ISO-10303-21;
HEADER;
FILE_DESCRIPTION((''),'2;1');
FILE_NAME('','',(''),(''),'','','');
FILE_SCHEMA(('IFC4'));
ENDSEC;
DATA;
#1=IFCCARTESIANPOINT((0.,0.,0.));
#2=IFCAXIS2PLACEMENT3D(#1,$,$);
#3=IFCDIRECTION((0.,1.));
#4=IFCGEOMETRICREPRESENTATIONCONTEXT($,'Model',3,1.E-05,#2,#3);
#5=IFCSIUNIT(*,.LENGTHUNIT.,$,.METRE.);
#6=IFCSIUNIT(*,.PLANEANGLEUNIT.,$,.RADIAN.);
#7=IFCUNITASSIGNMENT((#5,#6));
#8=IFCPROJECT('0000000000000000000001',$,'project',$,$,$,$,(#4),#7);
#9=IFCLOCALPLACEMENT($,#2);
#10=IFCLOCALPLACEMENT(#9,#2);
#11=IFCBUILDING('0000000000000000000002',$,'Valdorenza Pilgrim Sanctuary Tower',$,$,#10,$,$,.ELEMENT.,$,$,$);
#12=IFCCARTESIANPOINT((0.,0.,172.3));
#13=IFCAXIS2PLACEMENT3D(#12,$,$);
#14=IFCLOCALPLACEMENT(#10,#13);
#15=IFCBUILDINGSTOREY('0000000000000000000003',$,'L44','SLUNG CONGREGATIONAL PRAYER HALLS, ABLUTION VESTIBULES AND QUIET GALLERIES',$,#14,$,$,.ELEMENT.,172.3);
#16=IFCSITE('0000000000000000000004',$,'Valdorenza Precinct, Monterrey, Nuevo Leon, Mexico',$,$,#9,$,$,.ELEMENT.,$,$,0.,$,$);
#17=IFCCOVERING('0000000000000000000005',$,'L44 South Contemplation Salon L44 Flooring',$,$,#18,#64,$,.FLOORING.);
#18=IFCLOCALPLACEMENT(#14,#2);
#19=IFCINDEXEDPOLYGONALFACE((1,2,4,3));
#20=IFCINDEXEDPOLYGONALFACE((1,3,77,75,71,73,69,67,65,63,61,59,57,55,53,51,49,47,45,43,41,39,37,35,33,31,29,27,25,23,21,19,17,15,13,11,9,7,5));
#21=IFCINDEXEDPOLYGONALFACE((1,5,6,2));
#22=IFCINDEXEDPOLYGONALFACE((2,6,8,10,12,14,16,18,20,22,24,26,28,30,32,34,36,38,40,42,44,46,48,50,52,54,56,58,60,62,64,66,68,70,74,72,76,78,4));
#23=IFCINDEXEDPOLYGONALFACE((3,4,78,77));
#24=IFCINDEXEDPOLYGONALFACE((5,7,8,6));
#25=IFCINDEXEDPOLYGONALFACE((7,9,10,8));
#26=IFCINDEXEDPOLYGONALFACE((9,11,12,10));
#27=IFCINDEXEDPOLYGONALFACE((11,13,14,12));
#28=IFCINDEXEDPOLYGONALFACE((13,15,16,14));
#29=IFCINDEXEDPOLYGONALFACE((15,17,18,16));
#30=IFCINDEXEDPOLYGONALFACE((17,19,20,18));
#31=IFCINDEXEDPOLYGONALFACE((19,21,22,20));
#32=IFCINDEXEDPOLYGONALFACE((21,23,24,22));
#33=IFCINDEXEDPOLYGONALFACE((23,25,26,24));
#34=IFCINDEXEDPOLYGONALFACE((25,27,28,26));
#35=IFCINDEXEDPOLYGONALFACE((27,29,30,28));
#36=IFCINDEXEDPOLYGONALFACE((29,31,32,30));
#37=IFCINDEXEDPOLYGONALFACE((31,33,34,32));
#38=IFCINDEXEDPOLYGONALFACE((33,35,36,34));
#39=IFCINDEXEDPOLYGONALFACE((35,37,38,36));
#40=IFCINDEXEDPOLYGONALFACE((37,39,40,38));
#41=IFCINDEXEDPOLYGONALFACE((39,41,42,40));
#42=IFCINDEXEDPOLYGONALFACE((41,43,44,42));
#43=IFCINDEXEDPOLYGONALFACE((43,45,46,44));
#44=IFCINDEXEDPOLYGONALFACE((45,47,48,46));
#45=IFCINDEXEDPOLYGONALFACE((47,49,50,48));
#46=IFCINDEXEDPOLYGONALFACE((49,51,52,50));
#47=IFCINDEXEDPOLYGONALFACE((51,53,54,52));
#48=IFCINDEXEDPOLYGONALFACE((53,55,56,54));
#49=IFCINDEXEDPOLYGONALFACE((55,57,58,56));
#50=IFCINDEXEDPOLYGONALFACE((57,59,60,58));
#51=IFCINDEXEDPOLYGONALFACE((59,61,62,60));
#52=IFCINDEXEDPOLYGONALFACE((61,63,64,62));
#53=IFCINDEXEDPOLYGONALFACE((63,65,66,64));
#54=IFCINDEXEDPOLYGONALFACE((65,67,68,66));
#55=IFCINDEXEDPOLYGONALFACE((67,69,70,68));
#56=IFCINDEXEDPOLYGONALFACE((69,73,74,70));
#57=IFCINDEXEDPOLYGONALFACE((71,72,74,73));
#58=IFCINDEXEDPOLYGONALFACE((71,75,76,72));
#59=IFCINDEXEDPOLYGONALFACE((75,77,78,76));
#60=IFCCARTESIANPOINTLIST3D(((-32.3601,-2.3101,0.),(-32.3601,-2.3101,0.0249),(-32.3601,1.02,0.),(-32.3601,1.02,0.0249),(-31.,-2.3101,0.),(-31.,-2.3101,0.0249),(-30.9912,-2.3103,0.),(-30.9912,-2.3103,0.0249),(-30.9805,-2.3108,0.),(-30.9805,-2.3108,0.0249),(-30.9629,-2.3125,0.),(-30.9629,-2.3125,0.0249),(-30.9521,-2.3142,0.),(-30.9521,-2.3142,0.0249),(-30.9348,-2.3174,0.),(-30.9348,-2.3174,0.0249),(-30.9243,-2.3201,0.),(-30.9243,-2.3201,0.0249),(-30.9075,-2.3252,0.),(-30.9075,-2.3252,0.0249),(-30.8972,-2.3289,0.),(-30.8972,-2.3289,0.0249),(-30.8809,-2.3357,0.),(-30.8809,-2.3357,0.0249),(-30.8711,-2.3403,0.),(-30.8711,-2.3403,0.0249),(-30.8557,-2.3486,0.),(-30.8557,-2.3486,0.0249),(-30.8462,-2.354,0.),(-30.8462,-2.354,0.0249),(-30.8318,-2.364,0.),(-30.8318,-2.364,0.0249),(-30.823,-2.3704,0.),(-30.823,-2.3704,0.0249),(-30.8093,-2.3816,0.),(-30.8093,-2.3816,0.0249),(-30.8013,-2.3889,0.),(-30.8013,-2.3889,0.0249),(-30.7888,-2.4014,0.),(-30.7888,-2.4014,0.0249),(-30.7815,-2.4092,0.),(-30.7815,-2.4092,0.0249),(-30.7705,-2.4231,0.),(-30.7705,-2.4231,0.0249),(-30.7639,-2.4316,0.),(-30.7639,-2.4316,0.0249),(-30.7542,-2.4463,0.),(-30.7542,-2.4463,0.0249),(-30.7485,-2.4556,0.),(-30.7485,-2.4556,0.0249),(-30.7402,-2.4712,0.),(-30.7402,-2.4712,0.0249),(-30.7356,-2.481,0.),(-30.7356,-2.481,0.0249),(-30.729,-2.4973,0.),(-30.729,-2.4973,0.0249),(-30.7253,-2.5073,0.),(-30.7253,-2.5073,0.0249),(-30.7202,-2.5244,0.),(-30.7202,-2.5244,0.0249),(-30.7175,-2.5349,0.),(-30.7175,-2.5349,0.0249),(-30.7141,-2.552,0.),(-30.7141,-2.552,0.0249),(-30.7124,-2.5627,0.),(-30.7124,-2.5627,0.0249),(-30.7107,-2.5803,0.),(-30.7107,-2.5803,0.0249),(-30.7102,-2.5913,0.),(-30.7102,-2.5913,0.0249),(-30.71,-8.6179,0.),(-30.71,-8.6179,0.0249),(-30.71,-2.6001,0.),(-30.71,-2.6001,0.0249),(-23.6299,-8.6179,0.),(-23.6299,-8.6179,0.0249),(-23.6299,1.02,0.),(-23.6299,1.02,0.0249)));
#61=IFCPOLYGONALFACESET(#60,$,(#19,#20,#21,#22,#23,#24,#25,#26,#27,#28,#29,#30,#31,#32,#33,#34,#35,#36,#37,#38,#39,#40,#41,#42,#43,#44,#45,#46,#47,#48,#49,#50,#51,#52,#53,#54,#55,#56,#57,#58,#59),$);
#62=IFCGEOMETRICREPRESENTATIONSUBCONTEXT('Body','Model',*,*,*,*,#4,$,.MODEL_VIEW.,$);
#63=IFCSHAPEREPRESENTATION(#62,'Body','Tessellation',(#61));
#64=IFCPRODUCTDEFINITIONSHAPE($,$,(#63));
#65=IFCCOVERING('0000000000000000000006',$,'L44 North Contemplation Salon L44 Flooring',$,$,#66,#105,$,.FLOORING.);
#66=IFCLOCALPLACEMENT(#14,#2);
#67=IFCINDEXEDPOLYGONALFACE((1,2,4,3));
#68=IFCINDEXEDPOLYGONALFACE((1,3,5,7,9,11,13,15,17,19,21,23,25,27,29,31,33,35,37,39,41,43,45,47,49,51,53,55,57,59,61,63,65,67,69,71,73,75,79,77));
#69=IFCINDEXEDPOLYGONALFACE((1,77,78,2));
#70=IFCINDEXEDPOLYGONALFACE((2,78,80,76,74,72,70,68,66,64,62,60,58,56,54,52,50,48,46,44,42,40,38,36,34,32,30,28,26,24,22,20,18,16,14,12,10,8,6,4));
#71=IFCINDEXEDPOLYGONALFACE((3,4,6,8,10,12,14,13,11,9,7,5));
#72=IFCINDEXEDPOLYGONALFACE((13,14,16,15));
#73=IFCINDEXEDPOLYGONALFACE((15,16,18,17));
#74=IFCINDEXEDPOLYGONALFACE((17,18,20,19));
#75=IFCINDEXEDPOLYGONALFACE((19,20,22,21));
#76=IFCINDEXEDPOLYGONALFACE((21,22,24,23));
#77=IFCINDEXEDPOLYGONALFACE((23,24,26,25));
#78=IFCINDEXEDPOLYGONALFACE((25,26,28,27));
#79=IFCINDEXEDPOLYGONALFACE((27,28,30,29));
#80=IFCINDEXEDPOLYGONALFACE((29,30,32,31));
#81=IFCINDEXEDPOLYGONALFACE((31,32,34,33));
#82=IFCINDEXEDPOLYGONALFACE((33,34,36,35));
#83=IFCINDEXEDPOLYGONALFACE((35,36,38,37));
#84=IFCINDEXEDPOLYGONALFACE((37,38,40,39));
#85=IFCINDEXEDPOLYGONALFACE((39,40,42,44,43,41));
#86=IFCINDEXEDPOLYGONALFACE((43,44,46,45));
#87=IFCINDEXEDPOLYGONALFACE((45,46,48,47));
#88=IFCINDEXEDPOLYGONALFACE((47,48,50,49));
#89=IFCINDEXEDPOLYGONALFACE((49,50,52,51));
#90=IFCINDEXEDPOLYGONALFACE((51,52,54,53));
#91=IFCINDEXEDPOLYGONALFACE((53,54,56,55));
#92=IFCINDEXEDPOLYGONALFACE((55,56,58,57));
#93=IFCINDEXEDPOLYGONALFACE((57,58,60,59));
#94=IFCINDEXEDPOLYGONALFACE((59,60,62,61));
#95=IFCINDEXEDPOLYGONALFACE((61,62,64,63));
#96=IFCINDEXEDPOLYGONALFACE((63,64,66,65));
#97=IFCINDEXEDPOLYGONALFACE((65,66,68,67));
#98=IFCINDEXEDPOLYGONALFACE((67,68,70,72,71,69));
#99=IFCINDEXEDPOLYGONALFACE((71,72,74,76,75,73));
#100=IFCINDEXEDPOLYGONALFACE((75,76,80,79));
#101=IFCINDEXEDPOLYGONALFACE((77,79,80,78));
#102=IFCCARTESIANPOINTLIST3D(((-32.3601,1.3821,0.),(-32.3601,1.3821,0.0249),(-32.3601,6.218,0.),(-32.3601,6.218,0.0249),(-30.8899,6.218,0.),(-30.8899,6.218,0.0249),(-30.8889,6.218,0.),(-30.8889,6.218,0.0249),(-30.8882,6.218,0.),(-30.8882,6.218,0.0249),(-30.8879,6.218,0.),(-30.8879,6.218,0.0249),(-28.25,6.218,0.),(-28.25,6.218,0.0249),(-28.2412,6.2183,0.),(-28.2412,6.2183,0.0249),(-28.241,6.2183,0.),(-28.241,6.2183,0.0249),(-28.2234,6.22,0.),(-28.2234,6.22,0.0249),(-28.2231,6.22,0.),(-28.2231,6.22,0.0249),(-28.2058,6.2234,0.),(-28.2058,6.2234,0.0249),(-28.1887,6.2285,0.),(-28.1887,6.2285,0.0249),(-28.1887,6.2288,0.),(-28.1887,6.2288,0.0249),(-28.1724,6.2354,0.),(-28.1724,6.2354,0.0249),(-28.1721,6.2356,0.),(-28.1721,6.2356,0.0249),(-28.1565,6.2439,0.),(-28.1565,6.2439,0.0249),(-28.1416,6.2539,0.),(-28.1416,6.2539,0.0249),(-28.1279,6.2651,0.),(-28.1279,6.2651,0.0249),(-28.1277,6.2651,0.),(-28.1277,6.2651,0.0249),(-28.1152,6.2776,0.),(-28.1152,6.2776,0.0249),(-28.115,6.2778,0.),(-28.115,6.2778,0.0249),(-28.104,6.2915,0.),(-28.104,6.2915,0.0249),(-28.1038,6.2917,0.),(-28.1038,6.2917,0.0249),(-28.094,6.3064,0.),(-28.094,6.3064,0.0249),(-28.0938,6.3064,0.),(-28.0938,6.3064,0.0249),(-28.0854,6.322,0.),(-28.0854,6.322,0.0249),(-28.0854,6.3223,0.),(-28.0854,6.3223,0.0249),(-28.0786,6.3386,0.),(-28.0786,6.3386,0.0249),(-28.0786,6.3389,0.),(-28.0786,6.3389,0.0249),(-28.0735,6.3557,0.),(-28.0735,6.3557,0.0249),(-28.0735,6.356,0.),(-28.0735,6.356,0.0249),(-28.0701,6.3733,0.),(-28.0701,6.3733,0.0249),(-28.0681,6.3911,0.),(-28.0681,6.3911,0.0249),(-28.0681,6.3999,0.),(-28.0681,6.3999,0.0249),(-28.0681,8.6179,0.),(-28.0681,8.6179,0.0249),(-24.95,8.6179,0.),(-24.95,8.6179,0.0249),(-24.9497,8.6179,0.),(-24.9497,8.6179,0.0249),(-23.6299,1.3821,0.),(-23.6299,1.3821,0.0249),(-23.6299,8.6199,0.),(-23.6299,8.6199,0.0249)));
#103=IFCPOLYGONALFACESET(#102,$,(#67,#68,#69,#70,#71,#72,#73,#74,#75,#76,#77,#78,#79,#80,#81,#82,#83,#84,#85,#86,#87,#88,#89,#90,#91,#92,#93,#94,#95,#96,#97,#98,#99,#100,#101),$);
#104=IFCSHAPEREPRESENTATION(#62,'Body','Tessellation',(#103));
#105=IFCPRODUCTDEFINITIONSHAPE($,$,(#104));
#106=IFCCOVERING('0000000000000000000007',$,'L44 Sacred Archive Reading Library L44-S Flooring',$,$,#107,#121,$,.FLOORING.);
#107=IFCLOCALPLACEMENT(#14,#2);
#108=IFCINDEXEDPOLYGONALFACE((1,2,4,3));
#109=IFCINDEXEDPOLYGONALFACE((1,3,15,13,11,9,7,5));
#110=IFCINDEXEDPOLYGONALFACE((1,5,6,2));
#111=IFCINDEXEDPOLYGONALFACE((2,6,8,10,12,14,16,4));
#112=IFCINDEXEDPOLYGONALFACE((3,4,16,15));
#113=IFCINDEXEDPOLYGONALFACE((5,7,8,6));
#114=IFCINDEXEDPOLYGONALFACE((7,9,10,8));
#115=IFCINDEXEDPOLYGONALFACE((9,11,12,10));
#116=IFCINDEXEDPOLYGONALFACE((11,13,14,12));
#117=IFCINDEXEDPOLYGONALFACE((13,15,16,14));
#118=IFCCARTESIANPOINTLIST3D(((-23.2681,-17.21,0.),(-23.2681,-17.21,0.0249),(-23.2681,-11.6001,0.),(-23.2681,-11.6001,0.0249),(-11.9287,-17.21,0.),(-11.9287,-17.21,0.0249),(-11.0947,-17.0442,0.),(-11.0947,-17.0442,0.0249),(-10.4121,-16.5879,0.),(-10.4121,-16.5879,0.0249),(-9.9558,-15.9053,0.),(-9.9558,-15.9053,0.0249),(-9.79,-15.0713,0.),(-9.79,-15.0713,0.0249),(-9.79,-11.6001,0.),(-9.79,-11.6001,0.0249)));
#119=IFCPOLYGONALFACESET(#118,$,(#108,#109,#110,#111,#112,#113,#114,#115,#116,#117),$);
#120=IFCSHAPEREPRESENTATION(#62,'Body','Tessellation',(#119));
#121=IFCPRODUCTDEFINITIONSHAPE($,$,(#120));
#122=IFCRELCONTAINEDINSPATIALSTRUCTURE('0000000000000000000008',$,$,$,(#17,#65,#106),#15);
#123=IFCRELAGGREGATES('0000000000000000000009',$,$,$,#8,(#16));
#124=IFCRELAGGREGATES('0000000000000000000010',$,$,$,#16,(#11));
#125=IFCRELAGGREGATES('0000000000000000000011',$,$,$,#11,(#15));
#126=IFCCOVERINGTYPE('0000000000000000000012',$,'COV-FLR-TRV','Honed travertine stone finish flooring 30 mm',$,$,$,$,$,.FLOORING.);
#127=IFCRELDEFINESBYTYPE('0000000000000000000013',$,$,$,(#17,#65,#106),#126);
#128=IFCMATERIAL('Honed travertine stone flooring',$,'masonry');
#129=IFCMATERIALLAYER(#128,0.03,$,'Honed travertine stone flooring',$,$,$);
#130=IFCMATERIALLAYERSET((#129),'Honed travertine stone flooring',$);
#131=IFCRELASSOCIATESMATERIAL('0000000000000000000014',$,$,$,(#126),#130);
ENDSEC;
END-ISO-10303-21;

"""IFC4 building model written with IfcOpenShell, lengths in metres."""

from ifc_helpers import new_model, si_unit, direction, frame, origin, place, context, subcontext, project, spatial, polyline, outline, extrude, material, layer, layer_set, type_object, element, save


model = new_model("IFC4")

# Units and contexts
model_context = context("Model", 3, precision=1e-05, world=origin(), true_north=direction((0.0, 1.0)))
body_context = subcontext(model_context, "Body", "Model", "MODEL_VIEW")
ifc_project = project(units=[si_unit("LENGTHUNIT", "METRE"), si_unit("PLANEANGLEUNIT", "RADIAN")], contexts=[model_context])

# Site, building, storey
site_placement = place(None, origin())
site = spatial("IfcSite", under=ifc_project, at=site_placement, Name="Valdorenza Precinct, Monterrey, Nuevo Leon, Mexico", CompositionType="ELEMENT", RefElevation=0.0)
building_placement = place(site_placement, origin())
building = spatial("IfcBuilding", under=site, at=building_placement, Name="Valdorenza Pilgrim Sanctuary Tower", CompositionType="ELEMENT")
storey_placement = place(building_placement, frame((0.0, 0.0, 172.3)))
storey = spatial("IfcBuildingStorey", under=building, at=storey_placement, Name="L44", Description="SLUNG CONGREGATIONAL PRAYER HALLS, ABLUTION VESTIBULES AND QUIET GALLERIES", CompositionType="ELEMENT", Elevation=172.3)

# Coverings
ifc_material_1 = material(Name="Honed travertine stone flooring", Category="masonry")
ifc_layer_1 = layer(ifc_material_1, 0.03, Name="Honed travertine stone flooring")
ifc_layer_set_1 = layer_set([ifc_layer_1], Name="Honed travertine stone flooring")
covering_type_1 = type_object("IfcCoveringType", Name="COV-FLR-TRV", Description="Honed travertine stone finish flooring 30 mm", PredefinedType="FLOORING", material=ifc_layer_set_1)
covering_1_placement = place(storey_placement, origin())
element("IfcCovering", 1, at=covering_1_placement, inside=storey, type_object=covering_type_1, Name="L44 South Contemplation Salon L44 Flooring", PredefinedType="FLOORING", context=body_context, shape_type="SweptSolid", body=[
    extrude(outline(polyline([(-23.6299, -8.6179), (-30.71, -8.6179), (-30.71, -2.6001), (-30.7102, -2.5913), (-30.7107, -2.5803), (-30.7124, -2.5627), (-30.7141, -2.552), (-30.7175, -2.5349), (-30.7202, -2.5244), (-30.7253, -2.5073), (-30.729, -2.4973), (-30.7356, -2.481), (-30.7402, -2.4712), (-30.7485, -2.4556), (-30.7542, -2.4463), (-30.7639, -2.4316), (-30.7705, -2.4231), (-30.7815, -2.4092), (-30.7888, -2.4014), (-30.8013, -2.3889), (-30.8093, -2.3816), (-30.823, -2.3704), (-30.8318, -2.364), (-30.8462, -2.354), (-30.8557, -2.3486), (-30.8711, -2.3403), (-30.8809, -2.3357), (-30.8972, -2.3289), (-30.9075, -2.3252), (-30.9243, -2.3201), (-30.9348, -2.3174), (-30.9521, -2.3142), (-30.9629, -2.3125), (-30.9805, -2.3108), (-30.9912, -2.3103), (-31.0, -2.3101), (-32.3601, -2.3101), (-32.3601, 1.02), (-23.6299, 1.02), (-23.6299, -8.6179)])), origin(), (0.0, 0.0, 1.0), 0.0249),
])
covering_2_placement = place(storey_placement, origin())
element("IfcCovering", 2, at=covering_2_placement, inside=storey, type_object=covering_type_1, Name="L44 North Contemplation Salon L44 Flooring", PredefinedType="FLOORING", context=body_context, shape_type="SweptSolid", body=[
    extrude(outline(polyline([(-30.8882, 6.218), (-30.8879, 6.218), (-28.25, 6.218), (-28.2412, 6.2183), (-28.241, 6.2183), (-28.2234, 6.22), (-28.2231, 6.22), (-28.2058, 6.2234), (-28.2058, 6.2234), (-28.1887, 6.2285), (-28.1887, 6.2288), (-28.1724, 6.2354), (-28.1721, 6.2356), (-28.1565, 6.2439), (-28.1565, 6.2439), (-28.1416, 6.2539), (-28.1416, 6.2539), (-28.1279, 6.2651), (-28.1277, 6.2651), (-28.1152, 6.2776), (-28.115, 6.2778), (-28.104, 6.2915), (-28.1038, 6.2917), (-28.094, 6.3064), (-28.0938, 6.3064), (-28.0854, 6.322), (-28.0854, 6.3223), (-28.0786, 6.3386), (-28.0786, 6.3389), (-28.0735, 6.3557), (-28.0735, 6.356), (-28.0701, 6.3733), (-28.0701, 6.3733), (-28.0681, 6.3911), (-28.0681, 6.3911), (-28.0681, 6.3999), (-28.0681, 8.6179), (-24.95, 8.6179), (-24.9497, 8.6179), (-23.6299, 8.6199), (-23.6299, 1.3821), (-32.3601, 1.3821), (-32.3601, 6.218), (-30.8899, 6.218), (-30.8889, 6.218), (-30.8882, 6.218)])), origin(), (0.0, 0.0, 1.0), 0.0249),
])
covering_3_placement = place(storey_placement, origin())
element("IfcCovering", 3, at=covering_3_placement, inside=storey, type_object=covering_type_1, Name="L44 Sacred Archive Reading Library L44-S Flooring", PredefinedType="FLOORING", context=body_context, shape_type="SweptSolid", body=[
    extrude(outline(polyline([(-9.79, -11.6001), (-9.79, -15.0713), (-9.9558, -15.9053), (-10.4121, -16.5879), (-11.0947, -17.0442), (-11.9287, -17.21), (-23.2681, -17.21), (-23.2681, -11.6001), (-9.79, -11.6001)])), origin(), (0.0, 0.0, 1.0), 0.0249),
])

save(model, "model.ifc")
